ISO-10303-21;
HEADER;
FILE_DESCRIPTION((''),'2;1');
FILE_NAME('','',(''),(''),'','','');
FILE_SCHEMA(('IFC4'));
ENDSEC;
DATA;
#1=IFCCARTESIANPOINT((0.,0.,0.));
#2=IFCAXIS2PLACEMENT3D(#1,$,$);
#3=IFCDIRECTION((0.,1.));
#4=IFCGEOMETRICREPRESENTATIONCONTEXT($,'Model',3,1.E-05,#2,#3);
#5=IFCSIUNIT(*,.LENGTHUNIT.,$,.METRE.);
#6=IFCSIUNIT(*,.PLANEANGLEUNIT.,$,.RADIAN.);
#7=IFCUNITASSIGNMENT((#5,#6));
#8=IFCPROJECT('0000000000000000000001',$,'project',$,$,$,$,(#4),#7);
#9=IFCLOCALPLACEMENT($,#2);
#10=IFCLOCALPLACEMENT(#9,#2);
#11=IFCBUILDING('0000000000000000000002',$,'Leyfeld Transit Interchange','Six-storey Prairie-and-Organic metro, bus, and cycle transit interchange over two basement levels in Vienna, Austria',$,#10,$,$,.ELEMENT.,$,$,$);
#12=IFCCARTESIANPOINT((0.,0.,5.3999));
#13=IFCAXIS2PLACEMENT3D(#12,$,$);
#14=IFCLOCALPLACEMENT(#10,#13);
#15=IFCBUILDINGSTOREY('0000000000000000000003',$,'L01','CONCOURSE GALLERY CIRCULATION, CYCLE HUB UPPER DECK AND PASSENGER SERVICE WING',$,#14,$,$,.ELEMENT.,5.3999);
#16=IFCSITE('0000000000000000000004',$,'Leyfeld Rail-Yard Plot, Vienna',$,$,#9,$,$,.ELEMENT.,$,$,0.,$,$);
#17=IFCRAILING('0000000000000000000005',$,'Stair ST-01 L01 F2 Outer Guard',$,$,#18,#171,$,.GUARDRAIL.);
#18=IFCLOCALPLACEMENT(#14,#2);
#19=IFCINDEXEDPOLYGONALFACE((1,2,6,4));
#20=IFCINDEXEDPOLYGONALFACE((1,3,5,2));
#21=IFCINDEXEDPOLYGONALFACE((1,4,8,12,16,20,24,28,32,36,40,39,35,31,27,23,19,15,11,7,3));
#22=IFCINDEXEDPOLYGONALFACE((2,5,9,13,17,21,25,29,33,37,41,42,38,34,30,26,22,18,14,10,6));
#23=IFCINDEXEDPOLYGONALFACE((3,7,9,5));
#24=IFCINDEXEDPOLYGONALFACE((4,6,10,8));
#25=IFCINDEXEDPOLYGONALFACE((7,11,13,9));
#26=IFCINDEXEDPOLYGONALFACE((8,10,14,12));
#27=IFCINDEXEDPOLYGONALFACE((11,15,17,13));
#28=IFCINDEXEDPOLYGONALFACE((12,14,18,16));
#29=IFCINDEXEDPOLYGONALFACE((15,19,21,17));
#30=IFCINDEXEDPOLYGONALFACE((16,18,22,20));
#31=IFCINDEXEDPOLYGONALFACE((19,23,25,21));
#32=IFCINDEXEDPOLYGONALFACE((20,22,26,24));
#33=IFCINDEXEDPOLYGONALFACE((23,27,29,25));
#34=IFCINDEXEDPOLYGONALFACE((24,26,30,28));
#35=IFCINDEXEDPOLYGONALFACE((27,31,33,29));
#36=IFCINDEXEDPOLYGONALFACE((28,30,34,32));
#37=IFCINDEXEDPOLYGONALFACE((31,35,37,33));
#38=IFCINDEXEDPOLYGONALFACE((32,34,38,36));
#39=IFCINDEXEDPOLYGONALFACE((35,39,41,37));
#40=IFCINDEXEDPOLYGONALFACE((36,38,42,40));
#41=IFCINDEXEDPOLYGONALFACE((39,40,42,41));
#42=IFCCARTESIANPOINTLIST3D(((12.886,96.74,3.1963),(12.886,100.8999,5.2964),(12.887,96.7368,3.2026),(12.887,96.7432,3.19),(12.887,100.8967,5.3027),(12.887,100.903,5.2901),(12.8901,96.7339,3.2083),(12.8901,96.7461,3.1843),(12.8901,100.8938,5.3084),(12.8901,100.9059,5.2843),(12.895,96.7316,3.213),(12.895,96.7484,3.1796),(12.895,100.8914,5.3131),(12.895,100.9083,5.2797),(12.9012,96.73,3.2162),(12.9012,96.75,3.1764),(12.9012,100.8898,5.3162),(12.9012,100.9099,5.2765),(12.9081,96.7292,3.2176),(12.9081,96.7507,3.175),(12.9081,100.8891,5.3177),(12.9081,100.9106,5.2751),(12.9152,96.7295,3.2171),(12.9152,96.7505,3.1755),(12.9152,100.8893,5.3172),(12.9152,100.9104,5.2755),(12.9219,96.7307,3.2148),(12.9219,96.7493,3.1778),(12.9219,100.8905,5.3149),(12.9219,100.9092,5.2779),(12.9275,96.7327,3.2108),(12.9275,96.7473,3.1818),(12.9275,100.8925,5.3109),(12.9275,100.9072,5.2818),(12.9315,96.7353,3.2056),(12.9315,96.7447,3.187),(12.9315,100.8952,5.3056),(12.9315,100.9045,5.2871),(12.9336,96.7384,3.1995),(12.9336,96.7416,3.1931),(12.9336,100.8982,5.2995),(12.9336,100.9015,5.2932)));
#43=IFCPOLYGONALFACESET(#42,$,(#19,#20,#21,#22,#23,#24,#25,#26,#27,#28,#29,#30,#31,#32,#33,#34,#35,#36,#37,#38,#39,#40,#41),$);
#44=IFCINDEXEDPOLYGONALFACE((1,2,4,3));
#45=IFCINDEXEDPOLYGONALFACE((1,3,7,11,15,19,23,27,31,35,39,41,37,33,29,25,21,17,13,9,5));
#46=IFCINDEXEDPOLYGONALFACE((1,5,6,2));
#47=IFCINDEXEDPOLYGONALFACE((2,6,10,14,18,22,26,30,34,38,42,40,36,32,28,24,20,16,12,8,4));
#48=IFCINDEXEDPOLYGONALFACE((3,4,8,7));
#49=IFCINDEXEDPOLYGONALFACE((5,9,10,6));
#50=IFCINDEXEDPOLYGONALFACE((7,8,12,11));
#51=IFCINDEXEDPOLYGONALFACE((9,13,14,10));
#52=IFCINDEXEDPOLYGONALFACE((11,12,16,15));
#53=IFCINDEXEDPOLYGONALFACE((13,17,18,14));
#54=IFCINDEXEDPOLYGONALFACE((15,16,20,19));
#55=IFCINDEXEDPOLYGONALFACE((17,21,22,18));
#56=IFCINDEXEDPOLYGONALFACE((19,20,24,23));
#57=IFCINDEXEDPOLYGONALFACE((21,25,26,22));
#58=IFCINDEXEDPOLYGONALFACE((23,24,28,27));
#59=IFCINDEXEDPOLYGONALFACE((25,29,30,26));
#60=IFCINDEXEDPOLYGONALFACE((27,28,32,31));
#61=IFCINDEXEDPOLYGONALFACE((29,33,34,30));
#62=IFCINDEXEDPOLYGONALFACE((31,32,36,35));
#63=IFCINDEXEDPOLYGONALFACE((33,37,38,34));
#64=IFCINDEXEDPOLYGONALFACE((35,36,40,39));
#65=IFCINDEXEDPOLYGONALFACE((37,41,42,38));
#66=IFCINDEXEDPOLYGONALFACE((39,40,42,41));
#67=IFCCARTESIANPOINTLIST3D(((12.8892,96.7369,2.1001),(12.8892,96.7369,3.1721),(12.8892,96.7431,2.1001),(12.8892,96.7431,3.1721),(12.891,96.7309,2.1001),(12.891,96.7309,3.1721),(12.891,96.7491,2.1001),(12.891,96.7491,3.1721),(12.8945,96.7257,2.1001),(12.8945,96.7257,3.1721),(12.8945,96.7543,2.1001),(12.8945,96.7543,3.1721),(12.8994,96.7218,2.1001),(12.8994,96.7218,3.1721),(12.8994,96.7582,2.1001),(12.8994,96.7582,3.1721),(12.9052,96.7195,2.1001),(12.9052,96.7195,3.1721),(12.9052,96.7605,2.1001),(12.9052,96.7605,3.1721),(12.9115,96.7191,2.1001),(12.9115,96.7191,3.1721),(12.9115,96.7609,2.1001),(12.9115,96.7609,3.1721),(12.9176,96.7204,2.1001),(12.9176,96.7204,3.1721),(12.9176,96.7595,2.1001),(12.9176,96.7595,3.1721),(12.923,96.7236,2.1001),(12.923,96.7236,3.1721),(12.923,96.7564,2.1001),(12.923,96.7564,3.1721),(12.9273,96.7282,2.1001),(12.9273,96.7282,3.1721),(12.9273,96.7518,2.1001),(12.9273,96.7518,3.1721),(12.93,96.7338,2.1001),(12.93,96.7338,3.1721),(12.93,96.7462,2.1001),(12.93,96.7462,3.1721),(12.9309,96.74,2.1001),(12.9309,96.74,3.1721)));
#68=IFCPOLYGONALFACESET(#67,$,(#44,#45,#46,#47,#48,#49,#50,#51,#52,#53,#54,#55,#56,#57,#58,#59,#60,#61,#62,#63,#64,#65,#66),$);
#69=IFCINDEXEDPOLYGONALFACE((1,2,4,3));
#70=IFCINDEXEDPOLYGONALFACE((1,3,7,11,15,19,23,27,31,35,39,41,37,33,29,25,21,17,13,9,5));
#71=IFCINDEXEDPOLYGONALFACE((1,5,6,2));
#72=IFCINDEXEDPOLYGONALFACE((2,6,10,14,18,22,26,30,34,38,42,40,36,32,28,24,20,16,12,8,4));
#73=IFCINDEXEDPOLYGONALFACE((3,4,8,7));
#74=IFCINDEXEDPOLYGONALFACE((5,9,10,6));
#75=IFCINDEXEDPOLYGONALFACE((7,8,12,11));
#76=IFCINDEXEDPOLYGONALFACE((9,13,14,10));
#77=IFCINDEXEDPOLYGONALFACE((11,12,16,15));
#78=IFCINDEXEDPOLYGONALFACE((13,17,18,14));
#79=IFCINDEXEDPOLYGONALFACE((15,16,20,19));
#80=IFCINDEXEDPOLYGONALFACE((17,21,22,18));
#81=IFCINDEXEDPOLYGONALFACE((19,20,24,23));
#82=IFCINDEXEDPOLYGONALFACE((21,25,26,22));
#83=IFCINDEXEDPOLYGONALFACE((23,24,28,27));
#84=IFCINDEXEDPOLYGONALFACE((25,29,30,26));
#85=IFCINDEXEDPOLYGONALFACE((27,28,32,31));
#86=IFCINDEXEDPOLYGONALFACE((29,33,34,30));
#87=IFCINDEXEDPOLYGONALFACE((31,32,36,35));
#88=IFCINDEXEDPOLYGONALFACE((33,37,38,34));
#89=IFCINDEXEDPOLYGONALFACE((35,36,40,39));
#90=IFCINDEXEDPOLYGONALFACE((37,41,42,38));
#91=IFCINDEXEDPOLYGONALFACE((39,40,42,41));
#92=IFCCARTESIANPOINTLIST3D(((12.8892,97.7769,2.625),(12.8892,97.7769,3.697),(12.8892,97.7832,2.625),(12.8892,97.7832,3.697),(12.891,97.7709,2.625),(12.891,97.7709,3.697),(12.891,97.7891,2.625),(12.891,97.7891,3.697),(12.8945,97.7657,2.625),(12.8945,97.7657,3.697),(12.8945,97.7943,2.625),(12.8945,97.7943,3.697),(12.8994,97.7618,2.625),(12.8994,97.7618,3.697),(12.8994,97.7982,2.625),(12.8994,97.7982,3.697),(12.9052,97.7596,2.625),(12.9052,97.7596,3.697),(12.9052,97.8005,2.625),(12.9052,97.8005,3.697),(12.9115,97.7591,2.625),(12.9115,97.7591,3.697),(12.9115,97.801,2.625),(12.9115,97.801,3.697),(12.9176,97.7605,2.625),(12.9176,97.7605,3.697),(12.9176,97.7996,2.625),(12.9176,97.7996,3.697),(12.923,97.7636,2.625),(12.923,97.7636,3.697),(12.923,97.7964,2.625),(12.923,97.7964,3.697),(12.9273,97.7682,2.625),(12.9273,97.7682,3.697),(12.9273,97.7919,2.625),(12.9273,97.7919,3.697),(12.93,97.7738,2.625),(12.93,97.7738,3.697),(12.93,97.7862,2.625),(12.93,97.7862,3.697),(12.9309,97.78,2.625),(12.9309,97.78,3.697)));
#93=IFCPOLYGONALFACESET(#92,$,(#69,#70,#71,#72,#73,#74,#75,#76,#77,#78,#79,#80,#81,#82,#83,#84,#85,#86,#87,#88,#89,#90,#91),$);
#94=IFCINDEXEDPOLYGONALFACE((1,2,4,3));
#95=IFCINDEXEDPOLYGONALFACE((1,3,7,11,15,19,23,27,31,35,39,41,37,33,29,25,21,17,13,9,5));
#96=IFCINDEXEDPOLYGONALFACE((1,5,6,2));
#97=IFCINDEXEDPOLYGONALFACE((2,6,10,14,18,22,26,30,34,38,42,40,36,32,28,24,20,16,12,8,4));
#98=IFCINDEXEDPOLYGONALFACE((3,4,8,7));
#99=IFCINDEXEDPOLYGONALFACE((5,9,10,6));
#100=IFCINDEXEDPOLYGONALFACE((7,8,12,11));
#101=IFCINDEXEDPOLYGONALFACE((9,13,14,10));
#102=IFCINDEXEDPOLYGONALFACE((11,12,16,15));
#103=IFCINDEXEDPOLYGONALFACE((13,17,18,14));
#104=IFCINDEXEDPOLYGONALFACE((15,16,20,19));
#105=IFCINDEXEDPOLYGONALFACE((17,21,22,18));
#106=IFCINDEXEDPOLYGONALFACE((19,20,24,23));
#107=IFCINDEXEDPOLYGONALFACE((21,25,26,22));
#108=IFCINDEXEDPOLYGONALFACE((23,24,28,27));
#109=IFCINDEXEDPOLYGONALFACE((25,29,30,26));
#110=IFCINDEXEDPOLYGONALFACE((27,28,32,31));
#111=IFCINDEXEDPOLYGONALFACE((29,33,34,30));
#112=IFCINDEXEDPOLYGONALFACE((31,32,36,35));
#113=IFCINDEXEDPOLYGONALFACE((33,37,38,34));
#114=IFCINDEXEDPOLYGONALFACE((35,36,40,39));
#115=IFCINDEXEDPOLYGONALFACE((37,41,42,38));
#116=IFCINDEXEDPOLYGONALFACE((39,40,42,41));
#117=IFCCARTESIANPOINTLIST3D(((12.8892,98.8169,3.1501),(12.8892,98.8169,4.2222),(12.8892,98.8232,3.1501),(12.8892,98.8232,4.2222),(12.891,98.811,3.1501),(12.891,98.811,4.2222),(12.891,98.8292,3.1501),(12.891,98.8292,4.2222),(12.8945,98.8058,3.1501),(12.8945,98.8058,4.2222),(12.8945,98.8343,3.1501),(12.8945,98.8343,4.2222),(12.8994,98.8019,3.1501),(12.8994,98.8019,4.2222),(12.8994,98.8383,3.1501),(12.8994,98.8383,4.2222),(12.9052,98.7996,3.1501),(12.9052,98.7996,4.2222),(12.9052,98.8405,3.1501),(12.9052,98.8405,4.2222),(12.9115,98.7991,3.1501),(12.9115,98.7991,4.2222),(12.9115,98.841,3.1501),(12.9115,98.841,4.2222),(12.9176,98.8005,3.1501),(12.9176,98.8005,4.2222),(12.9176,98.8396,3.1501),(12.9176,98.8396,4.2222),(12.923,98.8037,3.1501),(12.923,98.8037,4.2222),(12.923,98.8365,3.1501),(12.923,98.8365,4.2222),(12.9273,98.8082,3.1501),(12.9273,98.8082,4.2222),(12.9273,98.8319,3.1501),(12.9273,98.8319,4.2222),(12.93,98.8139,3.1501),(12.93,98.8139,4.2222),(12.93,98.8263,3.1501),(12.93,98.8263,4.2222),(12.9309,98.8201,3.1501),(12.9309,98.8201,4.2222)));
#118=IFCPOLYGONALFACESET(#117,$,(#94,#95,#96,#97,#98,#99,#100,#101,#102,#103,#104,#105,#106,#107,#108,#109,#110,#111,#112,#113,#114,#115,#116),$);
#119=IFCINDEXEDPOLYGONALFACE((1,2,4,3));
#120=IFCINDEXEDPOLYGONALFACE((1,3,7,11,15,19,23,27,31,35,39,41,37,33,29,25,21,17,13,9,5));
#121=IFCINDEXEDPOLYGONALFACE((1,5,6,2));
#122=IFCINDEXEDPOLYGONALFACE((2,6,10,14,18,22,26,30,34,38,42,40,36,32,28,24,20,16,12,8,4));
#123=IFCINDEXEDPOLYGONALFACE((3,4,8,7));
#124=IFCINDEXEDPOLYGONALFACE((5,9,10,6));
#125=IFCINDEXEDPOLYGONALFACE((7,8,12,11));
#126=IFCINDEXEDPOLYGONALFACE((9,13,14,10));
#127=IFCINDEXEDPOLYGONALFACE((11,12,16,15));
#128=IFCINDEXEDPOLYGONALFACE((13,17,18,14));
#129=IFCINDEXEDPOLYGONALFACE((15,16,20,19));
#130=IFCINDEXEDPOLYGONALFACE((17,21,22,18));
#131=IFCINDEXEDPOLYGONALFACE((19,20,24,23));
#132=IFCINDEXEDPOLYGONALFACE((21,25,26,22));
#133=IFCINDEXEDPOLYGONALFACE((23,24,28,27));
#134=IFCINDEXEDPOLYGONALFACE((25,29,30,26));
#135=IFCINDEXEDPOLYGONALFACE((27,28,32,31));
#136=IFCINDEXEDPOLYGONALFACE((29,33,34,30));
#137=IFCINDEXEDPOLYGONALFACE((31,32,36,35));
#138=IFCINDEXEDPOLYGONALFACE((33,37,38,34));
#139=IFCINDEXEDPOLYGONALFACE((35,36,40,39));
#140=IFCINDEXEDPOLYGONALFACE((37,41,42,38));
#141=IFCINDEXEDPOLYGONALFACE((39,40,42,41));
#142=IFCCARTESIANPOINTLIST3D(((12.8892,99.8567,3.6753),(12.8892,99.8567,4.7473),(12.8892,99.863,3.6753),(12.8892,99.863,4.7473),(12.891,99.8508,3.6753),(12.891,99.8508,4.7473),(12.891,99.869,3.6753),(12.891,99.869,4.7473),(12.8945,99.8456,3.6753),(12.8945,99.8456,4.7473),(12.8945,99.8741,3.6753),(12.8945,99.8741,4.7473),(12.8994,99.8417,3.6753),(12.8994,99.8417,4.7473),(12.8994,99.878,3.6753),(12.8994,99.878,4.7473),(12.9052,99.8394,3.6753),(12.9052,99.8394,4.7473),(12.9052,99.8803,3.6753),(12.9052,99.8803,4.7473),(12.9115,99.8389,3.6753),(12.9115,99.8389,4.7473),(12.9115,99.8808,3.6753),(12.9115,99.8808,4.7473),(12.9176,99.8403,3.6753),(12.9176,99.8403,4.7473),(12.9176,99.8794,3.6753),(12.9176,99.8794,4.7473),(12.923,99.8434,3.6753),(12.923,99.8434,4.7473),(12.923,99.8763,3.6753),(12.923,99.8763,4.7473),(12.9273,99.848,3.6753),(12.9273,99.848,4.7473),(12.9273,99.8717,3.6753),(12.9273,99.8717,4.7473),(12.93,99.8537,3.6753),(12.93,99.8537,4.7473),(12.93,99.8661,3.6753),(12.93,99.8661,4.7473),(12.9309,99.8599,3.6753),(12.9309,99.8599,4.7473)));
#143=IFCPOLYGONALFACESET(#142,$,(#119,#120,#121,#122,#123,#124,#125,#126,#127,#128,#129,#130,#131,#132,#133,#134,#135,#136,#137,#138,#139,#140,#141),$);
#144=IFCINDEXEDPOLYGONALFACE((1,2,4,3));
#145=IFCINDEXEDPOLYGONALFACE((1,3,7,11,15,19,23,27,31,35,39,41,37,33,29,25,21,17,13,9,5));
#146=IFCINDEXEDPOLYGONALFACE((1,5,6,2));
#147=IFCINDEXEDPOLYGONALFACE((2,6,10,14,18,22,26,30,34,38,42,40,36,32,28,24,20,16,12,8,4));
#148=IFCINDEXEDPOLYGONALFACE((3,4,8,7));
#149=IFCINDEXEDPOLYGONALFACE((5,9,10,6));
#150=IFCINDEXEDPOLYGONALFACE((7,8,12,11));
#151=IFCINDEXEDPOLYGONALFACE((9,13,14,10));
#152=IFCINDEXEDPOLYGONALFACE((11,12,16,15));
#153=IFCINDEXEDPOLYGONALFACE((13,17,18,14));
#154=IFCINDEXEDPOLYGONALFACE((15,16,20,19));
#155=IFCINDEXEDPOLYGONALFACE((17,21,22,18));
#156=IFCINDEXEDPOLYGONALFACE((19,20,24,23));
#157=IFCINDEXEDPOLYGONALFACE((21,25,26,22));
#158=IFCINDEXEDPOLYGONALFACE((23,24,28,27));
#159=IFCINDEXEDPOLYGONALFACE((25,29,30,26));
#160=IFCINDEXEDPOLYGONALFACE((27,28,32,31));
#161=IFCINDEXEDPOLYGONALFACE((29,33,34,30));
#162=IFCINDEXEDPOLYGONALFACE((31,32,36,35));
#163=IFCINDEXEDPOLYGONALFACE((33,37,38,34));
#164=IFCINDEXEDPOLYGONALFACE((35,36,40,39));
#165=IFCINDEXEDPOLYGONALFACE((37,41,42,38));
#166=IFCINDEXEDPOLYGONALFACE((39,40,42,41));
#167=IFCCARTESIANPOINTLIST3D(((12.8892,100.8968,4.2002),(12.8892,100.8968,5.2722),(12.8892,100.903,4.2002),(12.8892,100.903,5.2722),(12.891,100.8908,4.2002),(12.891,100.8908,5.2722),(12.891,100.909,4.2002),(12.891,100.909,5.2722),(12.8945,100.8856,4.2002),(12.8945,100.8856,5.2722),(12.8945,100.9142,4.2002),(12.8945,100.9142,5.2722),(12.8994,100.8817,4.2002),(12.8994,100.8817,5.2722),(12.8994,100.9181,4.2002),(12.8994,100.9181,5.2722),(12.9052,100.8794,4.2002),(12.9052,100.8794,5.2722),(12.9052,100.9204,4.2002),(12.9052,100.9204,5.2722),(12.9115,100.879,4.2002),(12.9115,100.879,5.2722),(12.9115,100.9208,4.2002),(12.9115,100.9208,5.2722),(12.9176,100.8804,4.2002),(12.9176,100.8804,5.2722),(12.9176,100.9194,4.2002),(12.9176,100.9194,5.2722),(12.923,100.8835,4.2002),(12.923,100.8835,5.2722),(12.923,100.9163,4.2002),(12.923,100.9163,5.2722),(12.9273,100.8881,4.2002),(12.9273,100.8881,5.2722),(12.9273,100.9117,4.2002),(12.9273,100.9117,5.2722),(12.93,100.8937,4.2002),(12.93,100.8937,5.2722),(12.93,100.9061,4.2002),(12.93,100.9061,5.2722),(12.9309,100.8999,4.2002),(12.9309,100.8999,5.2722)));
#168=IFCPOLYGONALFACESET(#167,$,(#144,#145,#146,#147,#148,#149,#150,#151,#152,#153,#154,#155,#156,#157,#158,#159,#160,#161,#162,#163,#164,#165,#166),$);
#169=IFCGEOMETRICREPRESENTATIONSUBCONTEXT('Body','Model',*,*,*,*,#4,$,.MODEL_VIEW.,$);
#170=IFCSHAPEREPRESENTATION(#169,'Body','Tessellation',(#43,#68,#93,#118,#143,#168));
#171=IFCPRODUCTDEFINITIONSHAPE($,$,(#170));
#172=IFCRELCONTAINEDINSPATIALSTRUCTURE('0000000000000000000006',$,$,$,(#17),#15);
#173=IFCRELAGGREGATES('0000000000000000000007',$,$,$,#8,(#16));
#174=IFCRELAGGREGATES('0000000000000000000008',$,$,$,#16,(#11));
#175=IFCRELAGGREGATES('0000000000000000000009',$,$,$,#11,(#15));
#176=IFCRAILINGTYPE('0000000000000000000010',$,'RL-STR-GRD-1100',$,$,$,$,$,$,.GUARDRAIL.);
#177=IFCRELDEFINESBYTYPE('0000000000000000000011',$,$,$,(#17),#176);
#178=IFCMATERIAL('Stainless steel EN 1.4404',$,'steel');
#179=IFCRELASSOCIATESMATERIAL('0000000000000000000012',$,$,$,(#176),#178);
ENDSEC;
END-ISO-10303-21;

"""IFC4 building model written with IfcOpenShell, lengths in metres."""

from ifc_helpers import new_model, si_unit, direction, frame, origin, origin_2d, place, context, subcontext, project, spatial, circle, extrude, material, type_object, element, save


model = new_model("IFC4")

# Units and contexts
model_context = context("Model", 3, precision=1e-05, world=origin(), true_north=direction((0.0, 1.0)))
body_context = subcontext(model_context, "Body", "Model", "MODEL_VIEW")
ifc_project = project(units=[si_unit("LENGTHUNIT", "METRE"), si_unit("PLANEANGLEUNIT", "RADIAN")], contexts=[model_context])

# Site, building, storey
site_placement = place(None, origin())
site = spatial("IfcSite", under=ifc_project, at=site_placement, Name="Leyfeld Rail-Yard Plot, Vienna", CompositionType="ELEMENT", RefElevation=0.0)
building_placement = place(site_placement, origin())
building = spatial("IfcBuilding", under=site, at=building_placement, Name="Leyfeld Transit Interchange", Description="Six-storey Prairie-and-Organic metro, bus, and cycle transit interchange over two basement levels in Vienna, Austria", CompositionType="ELEMENT")
storey_placement = place(building_placement, frame((0.0, 0.0, 5.3999)))
storey = spatial("IfcBuildingStorey", under=building, at=storey_placement, Name="L01", Description="CONCOURSE GALLERY CIRCULATION, CYCLE HUB UPPER DECK AND PASSENGER SERVICE WING", CompositionType="ELEMENT", Elevation=5.3999)

# Railing
ifc_material_1 = material(Name="Stainless steel EN 1.4404", Category="steel")
railing_type_1 = type_object("IfcRailingType", Name="RL-STR-GRD-1100", PredefinedType="GUARDRAIL", material=ifc_material_1)
for number, where, name in (
    (1, (12.9099, 96.74, 2.1001), "Stair ST-01 L01 F2 Outer Guard"),
):
    element("IfcRailing", number, at=place(storey_placement, frame(where)), inside=storey, type_object=railing_type_1, Name=name, PredefinedType="GUARDRAIL", context=body_context, shape_type="SweptSolid", body=[
        extrude(circle(Radius=0.0239, at=origin_2d()), frame((0.0, 0.0, 1.0962), z_axis=(0.0, 0.892692, 0.450668), x_axis=(-1.0, 0.0, 0.0)), (0.0, 0.0, 1.0), 4.6599),
        extrude(circle(Radius=0.021, at=origin_2d()), origin(), (0.0, 0.0, 1.0), 1.072),
        extrude(circle(Radius=0.021, at=origin_2d()), frame((0.0, 1.04, 0.5249)), (0.0, 0.0, 1.0), 1.072),
        extrude(circle(Radius=0.021, at=origin_2d()), frame((0.0, 2.0801, 1.05)), (0.0, 0.0, 1.0), 1.072),
        extrude(circle(Radius=0.021, at=origin_2d()), frame((0.0, 3.1199, 1.5752)), (0.0, 0.0, 1.0), 1.072),
        extrude(circle(Radius=0.021, at=origin_2d()), frame((0.0, 4.1599, 2.1001)), (0.0, 0.0, 1.0), 1.072),
    ])

save(model, "model.ifc")
